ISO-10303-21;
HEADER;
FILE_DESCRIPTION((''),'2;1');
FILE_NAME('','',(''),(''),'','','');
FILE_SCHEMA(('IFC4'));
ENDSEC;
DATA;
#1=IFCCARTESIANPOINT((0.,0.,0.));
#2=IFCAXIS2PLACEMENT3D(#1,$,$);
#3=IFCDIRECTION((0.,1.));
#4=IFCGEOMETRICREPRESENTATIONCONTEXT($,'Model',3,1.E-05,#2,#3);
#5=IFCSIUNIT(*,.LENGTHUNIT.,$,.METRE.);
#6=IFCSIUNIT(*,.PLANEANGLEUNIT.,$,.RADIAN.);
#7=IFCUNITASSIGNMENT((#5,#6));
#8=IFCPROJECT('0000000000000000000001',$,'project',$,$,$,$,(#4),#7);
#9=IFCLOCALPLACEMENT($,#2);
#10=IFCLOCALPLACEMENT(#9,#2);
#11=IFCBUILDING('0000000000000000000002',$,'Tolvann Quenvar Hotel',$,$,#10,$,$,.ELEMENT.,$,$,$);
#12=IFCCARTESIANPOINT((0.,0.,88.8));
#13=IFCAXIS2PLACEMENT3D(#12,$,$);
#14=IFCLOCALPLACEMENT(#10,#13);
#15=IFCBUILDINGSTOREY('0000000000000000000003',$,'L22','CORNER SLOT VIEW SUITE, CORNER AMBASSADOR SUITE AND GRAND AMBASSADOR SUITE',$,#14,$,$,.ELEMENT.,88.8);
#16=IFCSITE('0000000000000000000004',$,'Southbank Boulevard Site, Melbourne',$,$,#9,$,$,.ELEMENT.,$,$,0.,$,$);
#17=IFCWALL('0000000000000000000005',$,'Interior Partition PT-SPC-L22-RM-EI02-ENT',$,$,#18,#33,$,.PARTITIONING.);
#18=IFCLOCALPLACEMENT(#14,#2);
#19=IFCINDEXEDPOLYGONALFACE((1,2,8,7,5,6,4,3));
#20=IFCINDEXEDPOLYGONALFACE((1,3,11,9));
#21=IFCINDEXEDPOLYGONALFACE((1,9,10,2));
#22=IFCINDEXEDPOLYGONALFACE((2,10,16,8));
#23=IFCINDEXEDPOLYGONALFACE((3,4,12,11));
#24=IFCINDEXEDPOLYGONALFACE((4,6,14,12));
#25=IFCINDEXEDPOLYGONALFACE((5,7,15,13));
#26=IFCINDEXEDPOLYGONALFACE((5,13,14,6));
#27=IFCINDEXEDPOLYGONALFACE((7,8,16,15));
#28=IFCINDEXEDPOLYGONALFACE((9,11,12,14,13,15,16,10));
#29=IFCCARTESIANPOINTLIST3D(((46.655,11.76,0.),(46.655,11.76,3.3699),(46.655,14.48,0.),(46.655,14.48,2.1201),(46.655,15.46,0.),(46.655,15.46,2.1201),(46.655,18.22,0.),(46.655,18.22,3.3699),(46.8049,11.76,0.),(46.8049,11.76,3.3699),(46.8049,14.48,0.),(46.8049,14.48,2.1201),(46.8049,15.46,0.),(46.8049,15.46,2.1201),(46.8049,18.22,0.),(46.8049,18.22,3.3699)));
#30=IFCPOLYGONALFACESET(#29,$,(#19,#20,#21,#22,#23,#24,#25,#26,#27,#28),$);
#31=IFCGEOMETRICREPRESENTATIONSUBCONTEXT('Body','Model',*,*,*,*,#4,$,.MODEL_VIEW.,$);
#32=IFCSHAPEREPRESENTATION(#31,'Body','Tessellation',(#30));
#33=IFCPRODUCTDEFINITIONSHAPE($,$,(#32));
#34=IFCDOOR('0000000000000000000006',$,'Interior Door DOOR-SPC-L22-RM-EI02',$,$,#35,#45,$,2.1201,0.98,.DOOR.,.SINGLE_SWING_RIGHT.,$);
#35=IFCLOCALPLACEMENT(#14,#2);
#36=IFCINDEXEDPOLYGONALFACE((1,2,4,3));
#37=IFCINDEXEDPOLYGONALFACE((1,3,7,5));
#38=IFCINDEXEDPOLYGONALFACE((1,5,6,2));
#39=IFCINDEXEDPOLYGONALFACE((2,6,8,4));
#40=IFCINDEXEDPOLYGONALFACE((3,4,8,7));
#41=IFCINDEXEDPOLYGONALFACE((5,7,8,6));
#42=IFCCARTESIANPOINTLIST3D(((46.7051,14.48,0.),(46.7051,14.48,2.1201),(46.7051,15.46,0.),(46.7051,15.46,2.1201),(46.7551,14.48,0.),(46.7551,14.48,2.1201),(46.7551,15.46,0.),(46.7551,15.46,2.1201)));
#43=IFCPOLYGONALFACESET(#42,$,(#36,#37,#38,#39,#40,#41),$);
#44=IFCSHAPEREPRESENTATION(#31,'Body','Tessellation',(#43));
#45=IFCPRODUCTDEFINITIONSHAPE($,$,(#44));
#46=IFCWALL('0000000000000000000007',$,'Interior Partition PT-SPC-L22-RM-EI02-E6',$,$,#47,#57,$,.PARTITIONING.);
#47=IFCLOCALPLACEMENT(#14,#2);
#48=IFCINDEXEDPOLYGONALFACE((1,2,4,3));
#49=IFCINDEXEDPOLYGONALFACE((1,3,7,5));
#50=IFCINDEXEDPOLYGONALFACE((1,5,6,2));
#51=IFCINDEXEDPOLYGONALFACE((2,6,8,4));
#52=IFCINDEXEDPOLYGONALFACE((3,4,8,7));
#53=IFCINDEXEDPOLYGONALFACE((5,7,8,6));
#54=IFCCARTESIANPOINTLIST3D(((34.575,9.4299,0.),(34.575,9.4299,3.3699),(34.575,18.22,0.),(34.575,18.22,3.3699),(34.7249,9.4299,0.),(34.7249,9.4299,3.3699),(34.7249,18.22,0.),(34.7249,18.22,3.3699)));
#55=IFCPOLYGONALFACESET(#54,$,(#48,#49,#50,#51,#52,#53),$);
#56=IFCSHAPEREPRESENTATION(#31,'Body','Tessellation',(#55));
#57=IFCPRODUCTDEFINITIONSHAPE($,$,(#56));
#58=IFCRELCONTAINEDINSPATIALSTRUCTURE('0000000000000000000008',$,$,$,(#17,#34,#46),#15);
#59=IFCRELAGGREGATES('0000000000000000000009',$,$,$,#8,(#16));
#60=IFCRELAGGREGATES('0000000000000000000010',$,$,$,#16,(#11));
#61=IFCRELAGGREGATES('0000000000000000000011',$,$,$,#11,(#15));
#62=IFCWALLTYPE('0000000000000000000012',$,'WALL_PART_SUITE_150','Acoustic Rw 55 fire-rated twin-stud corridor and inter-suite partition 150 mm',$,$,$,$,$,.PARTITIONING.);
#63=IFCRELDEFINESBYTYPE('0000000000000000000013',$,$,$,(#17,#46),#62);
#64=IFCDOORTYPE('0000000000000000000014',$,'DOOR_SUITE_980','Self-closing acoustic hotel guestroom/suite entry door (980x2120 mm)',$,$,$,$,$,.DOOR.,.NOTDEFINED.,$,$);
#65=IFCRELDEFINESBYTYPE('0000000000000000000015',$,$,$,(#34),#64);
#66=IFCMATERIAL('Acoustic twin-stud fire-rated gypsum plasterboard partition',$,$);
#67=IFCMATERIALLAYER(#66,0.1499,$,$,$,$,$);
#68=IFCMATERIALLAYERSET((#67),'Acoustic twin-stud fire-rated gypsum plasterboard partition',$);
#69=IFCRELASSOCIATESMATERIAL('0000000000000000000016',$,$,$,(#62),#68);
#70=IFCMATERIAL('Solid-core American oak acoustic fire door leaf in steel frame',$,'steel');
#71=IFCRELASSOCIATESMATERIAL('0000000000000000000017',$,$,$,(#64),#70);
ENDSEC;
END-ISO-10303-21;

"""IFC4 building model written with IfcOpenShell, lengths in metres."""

from ifc_helpers import new_model, si_unit, direction, frame, frame_2d, origin, place, context, subcontext, project, spatial, rectangle, extrude, source, transform, mapped, material, layer, layer_set, type_object, type_shapes, element, fill, save


model = new_model("IFC4")

# Units and contexts
model_context = context("Model", 3, precision=1e-05, world=origin(), true_north=direction((0.0, 1.0)))
body_context = subcontext(model_context, "Body", "Model", "MODEL_VIEW")
ifc_project = project(units=[si_unit("LENGTHUNIT", "METRE"), si_unit("PLANEANGLEUNIT", "RADIAN")], contexts=[model_context])

# Site, building, storey
site_placement = place(None, origin())
site = spatial("IfcSite", under=ifc_project, at=site_placement, Name="Southbank Boulevard Site, Melbourne", CompositionType="ELEMENT", RefElevation=0.0)
building_placement = place(site_placement, origin())
building = spatial("IfcBuilding", under=site, at=building_placement, Name="Tolvann Quenvar Hotel", CompositionType="ELEMENT")
storey_placement = place(building_placement, frame((0.0, 0.0, 88.8)))
storey = spatial("IfcBuildingStorey", under=building, at=storey_placement, Name="L22", Description="CORNER SLOT VIEW SUITE, CORNER AMBASSADOR SUITE AND GRAND AMBASSADOR SUITE", CompositionType="ELEMENT", Elevation=88.8)

# Shared definitions
ifc_material_1 = material(Name="Acoustic twin-stud fire-rated gypsum plasterboard partition")
ifc_layer_1 = layer(ifc_material_1, 0.1499)
ifc_layer_set_1 = layer_set([ifc_layer_1], Name="Acoustic twin-stud fire-rated gypsum plasterboard partition")
wall_type_1 = type_object("IfcWallType", Name="WALL_PART_SUITE_150", Description="Acoustic Rw 55 fire-rated twin-stud corridor and inter-suite partition 150 mm", PredefinedType="PARTITIONING", material=ifc_layer_set_1)
ifc_material_2 = material(Name="Solid-core American oak acoustic fire door leaf in steel frame", Category="steel")

# Shared definitions
door_type_1 = type_object("IfcDoorType", Name="DOOR_SUITE_980", Description="Self-closing acoustic hotel guestroom/suite entry door (980x2120 mm)", OperationType="NOTDEFINED", PredefinedType="DOOR", material=ifc_material_2)
shared_shape_1 = source(origin(), body_context, "Body", "SweptSolid", [
    extrude(rectangle(XDim=0.98, YDim=2.1201, at=frame_2d((0.49, 1.0601))), frame((0.0, 0.0249, 0.0), z_axis=(0.0, -1.0, 0.0), x_axis=(1.0, 0.0, 0.0)), (0.0, 0.0, 1.0), 0.05),
])
type_shapes(door_type_1, [shared_shape_1])

# Wall, opening, door
wall_1_placement = place(storey_placement, frame((46.73, 11.76, 0.0), z_axis=(0.0, 0.0, 1.0), x_axis=(0.0, 1.0, 0.0)))
wall_1 = element("IfcWall", 1, at=wall_1_placement, inside=storey, type_object=wall_type_1, Name="Interior Partition PT-SPC-L22-RM-EI02-ENT", PredefinedType="PARTITIONING", context=body_context, shape_type="SweptSolid", body=[
    extrude(rectangle(XDim=6.46, YDim=0.1499, at=frame_2d((3.23, 0.0))), origin(), (0.0, 0.0, 1.0), 3.3699),
])
opening_1_placement = place(wall_1_placement, frame((2.72, 0.0, 0.0)))
opening_1 = element("IfcOpeningElement", 2, at=opening_1_placement, cuts=wall_1, PredefinedType="OPENING", context=body_context, shape_type="SweptSolid", body=[
    extrude(rectangle(XDim=0.98, YDim=2.1201, at=frame_2d((0.49, 1.0601))), frame((0.0, 0.085, 0.0), z_axis=(0.0, -1.0, 0.0), x_axis=(1.0, 0.0, 0.0)), (0.0, 0.0, 1.0), 0.1699),
])
door_1_placement = place(opening_1_placement, origin())
door_1 = element("IfcDoor", 3, at=door_1_placement, inside=storey, type_object=door_type_1, Name="Interior Door DOOR-SPC-L22-RM-EI02", OperationType="SINGLE_SWING_RIGHT", OverallHeight=2.1201, OverallWidth=0.98, PredefinedType="DOOR", context=body_context, shape_type="MappedRepresentation", body=[
    mapped(shared_shape_1, transform((0.0, 0.0, 0.0), x_axis=(1.0, 0.0, 0.0), y_axis=(0.0, 1.0, 0.0), z_axis=(0.0, 0.0, 1.0), scale=1.0)),
])
fill(opening_1, door_1)

# Wall
wall_2_placement = place(storey_placement, frame((34.6499, 9.4299, 0.0), z_axis=(0.0, 0.0, 1.0), x_axis=(0.0, 1.0, 0.0)))
element("IfcWall", 4, at=wall_2_placement, inside=storey, type_object=wall_type_1, Name="Interior Partition PT-SPC-L22-RM-EI02-E6", PredefinedType="PARTITIONING", context=body_context, shape_type="SweptSolid", body=[
    extrude(rectangle(XDim=8.79, YDim=0.1499, at=frame_2d((4.395, 0.0))), origin(), (0.0, 0.0, 1.0), 3.3699),
])

save(model, "model.ifc")
